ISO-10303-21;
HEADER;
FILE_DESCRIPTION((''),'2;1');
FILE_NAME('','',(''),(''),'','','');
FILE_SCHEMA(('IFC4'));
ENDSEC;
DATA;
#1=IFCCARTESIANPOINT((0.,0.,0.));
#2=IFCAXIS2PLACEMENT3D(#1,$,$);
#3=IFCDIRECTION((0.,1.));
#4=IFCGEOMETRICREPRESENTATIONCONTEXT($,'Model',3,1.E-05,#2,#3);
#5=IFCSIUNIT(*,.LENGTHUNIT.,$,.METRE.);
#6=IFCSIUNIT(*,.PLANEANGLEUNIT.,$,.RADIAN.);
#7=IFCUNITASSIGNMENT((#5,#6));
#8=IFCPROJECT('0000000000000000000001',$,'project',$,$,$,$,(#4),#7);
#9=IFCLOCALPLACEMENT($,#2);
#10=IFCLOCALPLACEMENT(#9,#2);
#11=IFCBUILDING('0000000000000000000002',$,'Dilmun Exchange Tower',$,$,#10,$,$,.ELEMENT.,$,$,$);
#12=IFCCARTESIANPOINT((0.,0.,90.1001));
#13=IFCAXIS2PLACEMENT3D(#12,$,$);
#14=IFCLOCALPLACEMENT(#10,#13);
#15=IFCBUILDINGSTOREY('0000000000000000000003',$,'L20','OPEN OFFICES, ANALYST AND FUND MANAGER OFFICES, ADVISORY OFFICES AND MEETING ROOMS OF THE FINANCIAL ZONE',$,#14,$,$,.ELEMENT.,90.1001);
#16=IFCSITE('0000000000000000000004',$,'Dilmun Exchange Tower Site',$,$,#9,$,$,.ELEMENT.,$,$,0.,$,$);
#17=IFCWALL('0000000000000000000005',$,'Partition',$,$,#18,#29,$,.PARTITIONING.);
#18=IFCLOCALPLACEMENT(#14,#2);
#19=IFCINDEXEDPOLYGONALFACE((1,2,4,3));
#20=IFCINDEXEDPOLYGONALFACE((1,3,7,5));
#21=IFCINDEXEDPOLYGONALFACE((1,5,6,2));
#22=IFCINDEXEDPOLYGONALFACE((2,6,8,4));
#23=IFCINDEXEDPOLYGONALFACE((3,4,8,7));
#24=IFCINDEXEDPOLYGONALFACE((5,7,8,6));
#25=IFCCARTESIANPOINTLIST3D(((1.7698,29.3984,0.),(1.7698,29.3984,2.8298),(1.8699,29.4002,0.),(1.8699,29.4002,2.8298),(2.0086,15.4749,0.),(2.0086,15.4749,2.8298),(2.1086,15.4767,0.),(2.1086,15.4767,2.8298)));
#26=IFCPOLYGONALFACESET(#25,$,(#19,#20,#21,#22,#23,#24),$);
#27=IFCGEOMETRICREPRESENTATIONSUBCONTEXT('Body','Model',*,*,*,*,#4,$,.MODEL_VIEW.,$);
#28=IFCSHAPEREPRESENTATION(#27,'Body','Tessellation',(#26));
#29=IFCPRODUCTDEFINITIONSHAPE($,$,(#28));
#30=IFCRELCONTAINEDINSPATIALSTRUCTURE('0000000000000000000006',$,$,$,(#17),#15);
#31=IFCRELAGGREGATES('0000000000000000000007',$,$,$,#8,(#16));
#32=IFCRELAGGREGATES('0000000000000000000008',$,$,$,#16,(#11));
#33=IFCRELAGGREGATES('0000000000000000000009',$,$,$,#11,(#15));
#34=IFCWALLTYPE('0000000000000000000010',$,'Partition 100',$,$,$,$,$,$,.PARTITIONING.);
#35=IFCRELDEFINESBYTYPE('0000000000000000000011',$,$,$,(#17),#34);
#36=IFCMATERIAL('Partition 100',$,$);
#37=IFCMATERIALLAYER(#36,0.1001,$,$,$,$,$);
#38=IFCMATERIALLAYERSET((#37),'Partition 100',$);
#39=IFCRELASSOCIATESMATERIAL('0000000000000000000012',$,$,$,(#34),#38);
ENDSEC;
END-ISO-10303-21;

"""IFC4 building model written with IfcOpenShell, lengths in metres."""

from ifc_helpers import new_model, si_unit, direction, frame, frame_2d, origin, place, context, subcontext, project, spatial, rectangle, extrude, material, layer, layer_set, type_object, element, save


model = new_model("IFC4")

# Units and contexts
model_context = context("Model", 3, precision=1e-05, world=origin(), true_north=direction((0.0, 1.0)))
body_context = subcontext(model_context, "Body", "Model", "MODEL_VIEW")
ifc_project = project(units=[si_unit("LENGTHUNIT", "METRE"), si_unit("PLANEANGLEUNIT", "RADIAN")], contexts=[model_context])

# Site, building, storey
site_placement = place(None, origin())
site = spatial("IfcSite", under=ifc_project, at=site_placement, Name="Dilmun Exchange Tower Site", CompositionType="ELEMENT", RefElevation=0.0)
building_placement = place(site_placement, origin())
building = spatial("IfcBuilding", under=site, at=building_placement, Name="Dilmun Exchange Tower", CompositionType="ELEMENT")
storey_placement = place(building_placement, frame((0.0, 0.0, 90.1001)))
storey = spatial("IfcBuildingStorey", under=building, at=storey_placement, Name="L20", Description="OPEN OFFICES, ANALYST AND FUND MANAGER OFFICES, ADVISORY OFFICES AND MEETING ROOMS OF THE FINANCIAL ZONE", CompositionType="ELEMENT", Elevation=90.1001)

# Wall
ifc_material_1 = material(Name="Partition 100")
ifc_layer_1 = layer(ifc_material_1, 0.1001)
ifc_layer_set_1 = layer_set([ifc_layer_1], Name="Partition 100")
wall_type = type_object("IfcWallType", Name="Partition 100", PredefinedType="PARTITIONING", material=ifc_layer_set_1)
wall_placement = place(storey_placement, frame((1.8198, 29.3994, 0.0), z_axis=(0.0, 0.0, 1.0), x_axis=(0.017146, -0.999853, 0.0)))
element("IfcWall", 1, at=wall_placement, inside=storey, type_object=wall_type, Name="Partition", PredefinedType="PARTITIONING", context=body_context, shape_type="SweptSolid", body=[
    extrude(rectangle(XDim=13.9255, YDim=0.1001, at=frame_2d((6.9629, 0.0))), origin(), (0.0, 0.0, 1.0), 2.8298),
])

save(model, "model.ifc")
